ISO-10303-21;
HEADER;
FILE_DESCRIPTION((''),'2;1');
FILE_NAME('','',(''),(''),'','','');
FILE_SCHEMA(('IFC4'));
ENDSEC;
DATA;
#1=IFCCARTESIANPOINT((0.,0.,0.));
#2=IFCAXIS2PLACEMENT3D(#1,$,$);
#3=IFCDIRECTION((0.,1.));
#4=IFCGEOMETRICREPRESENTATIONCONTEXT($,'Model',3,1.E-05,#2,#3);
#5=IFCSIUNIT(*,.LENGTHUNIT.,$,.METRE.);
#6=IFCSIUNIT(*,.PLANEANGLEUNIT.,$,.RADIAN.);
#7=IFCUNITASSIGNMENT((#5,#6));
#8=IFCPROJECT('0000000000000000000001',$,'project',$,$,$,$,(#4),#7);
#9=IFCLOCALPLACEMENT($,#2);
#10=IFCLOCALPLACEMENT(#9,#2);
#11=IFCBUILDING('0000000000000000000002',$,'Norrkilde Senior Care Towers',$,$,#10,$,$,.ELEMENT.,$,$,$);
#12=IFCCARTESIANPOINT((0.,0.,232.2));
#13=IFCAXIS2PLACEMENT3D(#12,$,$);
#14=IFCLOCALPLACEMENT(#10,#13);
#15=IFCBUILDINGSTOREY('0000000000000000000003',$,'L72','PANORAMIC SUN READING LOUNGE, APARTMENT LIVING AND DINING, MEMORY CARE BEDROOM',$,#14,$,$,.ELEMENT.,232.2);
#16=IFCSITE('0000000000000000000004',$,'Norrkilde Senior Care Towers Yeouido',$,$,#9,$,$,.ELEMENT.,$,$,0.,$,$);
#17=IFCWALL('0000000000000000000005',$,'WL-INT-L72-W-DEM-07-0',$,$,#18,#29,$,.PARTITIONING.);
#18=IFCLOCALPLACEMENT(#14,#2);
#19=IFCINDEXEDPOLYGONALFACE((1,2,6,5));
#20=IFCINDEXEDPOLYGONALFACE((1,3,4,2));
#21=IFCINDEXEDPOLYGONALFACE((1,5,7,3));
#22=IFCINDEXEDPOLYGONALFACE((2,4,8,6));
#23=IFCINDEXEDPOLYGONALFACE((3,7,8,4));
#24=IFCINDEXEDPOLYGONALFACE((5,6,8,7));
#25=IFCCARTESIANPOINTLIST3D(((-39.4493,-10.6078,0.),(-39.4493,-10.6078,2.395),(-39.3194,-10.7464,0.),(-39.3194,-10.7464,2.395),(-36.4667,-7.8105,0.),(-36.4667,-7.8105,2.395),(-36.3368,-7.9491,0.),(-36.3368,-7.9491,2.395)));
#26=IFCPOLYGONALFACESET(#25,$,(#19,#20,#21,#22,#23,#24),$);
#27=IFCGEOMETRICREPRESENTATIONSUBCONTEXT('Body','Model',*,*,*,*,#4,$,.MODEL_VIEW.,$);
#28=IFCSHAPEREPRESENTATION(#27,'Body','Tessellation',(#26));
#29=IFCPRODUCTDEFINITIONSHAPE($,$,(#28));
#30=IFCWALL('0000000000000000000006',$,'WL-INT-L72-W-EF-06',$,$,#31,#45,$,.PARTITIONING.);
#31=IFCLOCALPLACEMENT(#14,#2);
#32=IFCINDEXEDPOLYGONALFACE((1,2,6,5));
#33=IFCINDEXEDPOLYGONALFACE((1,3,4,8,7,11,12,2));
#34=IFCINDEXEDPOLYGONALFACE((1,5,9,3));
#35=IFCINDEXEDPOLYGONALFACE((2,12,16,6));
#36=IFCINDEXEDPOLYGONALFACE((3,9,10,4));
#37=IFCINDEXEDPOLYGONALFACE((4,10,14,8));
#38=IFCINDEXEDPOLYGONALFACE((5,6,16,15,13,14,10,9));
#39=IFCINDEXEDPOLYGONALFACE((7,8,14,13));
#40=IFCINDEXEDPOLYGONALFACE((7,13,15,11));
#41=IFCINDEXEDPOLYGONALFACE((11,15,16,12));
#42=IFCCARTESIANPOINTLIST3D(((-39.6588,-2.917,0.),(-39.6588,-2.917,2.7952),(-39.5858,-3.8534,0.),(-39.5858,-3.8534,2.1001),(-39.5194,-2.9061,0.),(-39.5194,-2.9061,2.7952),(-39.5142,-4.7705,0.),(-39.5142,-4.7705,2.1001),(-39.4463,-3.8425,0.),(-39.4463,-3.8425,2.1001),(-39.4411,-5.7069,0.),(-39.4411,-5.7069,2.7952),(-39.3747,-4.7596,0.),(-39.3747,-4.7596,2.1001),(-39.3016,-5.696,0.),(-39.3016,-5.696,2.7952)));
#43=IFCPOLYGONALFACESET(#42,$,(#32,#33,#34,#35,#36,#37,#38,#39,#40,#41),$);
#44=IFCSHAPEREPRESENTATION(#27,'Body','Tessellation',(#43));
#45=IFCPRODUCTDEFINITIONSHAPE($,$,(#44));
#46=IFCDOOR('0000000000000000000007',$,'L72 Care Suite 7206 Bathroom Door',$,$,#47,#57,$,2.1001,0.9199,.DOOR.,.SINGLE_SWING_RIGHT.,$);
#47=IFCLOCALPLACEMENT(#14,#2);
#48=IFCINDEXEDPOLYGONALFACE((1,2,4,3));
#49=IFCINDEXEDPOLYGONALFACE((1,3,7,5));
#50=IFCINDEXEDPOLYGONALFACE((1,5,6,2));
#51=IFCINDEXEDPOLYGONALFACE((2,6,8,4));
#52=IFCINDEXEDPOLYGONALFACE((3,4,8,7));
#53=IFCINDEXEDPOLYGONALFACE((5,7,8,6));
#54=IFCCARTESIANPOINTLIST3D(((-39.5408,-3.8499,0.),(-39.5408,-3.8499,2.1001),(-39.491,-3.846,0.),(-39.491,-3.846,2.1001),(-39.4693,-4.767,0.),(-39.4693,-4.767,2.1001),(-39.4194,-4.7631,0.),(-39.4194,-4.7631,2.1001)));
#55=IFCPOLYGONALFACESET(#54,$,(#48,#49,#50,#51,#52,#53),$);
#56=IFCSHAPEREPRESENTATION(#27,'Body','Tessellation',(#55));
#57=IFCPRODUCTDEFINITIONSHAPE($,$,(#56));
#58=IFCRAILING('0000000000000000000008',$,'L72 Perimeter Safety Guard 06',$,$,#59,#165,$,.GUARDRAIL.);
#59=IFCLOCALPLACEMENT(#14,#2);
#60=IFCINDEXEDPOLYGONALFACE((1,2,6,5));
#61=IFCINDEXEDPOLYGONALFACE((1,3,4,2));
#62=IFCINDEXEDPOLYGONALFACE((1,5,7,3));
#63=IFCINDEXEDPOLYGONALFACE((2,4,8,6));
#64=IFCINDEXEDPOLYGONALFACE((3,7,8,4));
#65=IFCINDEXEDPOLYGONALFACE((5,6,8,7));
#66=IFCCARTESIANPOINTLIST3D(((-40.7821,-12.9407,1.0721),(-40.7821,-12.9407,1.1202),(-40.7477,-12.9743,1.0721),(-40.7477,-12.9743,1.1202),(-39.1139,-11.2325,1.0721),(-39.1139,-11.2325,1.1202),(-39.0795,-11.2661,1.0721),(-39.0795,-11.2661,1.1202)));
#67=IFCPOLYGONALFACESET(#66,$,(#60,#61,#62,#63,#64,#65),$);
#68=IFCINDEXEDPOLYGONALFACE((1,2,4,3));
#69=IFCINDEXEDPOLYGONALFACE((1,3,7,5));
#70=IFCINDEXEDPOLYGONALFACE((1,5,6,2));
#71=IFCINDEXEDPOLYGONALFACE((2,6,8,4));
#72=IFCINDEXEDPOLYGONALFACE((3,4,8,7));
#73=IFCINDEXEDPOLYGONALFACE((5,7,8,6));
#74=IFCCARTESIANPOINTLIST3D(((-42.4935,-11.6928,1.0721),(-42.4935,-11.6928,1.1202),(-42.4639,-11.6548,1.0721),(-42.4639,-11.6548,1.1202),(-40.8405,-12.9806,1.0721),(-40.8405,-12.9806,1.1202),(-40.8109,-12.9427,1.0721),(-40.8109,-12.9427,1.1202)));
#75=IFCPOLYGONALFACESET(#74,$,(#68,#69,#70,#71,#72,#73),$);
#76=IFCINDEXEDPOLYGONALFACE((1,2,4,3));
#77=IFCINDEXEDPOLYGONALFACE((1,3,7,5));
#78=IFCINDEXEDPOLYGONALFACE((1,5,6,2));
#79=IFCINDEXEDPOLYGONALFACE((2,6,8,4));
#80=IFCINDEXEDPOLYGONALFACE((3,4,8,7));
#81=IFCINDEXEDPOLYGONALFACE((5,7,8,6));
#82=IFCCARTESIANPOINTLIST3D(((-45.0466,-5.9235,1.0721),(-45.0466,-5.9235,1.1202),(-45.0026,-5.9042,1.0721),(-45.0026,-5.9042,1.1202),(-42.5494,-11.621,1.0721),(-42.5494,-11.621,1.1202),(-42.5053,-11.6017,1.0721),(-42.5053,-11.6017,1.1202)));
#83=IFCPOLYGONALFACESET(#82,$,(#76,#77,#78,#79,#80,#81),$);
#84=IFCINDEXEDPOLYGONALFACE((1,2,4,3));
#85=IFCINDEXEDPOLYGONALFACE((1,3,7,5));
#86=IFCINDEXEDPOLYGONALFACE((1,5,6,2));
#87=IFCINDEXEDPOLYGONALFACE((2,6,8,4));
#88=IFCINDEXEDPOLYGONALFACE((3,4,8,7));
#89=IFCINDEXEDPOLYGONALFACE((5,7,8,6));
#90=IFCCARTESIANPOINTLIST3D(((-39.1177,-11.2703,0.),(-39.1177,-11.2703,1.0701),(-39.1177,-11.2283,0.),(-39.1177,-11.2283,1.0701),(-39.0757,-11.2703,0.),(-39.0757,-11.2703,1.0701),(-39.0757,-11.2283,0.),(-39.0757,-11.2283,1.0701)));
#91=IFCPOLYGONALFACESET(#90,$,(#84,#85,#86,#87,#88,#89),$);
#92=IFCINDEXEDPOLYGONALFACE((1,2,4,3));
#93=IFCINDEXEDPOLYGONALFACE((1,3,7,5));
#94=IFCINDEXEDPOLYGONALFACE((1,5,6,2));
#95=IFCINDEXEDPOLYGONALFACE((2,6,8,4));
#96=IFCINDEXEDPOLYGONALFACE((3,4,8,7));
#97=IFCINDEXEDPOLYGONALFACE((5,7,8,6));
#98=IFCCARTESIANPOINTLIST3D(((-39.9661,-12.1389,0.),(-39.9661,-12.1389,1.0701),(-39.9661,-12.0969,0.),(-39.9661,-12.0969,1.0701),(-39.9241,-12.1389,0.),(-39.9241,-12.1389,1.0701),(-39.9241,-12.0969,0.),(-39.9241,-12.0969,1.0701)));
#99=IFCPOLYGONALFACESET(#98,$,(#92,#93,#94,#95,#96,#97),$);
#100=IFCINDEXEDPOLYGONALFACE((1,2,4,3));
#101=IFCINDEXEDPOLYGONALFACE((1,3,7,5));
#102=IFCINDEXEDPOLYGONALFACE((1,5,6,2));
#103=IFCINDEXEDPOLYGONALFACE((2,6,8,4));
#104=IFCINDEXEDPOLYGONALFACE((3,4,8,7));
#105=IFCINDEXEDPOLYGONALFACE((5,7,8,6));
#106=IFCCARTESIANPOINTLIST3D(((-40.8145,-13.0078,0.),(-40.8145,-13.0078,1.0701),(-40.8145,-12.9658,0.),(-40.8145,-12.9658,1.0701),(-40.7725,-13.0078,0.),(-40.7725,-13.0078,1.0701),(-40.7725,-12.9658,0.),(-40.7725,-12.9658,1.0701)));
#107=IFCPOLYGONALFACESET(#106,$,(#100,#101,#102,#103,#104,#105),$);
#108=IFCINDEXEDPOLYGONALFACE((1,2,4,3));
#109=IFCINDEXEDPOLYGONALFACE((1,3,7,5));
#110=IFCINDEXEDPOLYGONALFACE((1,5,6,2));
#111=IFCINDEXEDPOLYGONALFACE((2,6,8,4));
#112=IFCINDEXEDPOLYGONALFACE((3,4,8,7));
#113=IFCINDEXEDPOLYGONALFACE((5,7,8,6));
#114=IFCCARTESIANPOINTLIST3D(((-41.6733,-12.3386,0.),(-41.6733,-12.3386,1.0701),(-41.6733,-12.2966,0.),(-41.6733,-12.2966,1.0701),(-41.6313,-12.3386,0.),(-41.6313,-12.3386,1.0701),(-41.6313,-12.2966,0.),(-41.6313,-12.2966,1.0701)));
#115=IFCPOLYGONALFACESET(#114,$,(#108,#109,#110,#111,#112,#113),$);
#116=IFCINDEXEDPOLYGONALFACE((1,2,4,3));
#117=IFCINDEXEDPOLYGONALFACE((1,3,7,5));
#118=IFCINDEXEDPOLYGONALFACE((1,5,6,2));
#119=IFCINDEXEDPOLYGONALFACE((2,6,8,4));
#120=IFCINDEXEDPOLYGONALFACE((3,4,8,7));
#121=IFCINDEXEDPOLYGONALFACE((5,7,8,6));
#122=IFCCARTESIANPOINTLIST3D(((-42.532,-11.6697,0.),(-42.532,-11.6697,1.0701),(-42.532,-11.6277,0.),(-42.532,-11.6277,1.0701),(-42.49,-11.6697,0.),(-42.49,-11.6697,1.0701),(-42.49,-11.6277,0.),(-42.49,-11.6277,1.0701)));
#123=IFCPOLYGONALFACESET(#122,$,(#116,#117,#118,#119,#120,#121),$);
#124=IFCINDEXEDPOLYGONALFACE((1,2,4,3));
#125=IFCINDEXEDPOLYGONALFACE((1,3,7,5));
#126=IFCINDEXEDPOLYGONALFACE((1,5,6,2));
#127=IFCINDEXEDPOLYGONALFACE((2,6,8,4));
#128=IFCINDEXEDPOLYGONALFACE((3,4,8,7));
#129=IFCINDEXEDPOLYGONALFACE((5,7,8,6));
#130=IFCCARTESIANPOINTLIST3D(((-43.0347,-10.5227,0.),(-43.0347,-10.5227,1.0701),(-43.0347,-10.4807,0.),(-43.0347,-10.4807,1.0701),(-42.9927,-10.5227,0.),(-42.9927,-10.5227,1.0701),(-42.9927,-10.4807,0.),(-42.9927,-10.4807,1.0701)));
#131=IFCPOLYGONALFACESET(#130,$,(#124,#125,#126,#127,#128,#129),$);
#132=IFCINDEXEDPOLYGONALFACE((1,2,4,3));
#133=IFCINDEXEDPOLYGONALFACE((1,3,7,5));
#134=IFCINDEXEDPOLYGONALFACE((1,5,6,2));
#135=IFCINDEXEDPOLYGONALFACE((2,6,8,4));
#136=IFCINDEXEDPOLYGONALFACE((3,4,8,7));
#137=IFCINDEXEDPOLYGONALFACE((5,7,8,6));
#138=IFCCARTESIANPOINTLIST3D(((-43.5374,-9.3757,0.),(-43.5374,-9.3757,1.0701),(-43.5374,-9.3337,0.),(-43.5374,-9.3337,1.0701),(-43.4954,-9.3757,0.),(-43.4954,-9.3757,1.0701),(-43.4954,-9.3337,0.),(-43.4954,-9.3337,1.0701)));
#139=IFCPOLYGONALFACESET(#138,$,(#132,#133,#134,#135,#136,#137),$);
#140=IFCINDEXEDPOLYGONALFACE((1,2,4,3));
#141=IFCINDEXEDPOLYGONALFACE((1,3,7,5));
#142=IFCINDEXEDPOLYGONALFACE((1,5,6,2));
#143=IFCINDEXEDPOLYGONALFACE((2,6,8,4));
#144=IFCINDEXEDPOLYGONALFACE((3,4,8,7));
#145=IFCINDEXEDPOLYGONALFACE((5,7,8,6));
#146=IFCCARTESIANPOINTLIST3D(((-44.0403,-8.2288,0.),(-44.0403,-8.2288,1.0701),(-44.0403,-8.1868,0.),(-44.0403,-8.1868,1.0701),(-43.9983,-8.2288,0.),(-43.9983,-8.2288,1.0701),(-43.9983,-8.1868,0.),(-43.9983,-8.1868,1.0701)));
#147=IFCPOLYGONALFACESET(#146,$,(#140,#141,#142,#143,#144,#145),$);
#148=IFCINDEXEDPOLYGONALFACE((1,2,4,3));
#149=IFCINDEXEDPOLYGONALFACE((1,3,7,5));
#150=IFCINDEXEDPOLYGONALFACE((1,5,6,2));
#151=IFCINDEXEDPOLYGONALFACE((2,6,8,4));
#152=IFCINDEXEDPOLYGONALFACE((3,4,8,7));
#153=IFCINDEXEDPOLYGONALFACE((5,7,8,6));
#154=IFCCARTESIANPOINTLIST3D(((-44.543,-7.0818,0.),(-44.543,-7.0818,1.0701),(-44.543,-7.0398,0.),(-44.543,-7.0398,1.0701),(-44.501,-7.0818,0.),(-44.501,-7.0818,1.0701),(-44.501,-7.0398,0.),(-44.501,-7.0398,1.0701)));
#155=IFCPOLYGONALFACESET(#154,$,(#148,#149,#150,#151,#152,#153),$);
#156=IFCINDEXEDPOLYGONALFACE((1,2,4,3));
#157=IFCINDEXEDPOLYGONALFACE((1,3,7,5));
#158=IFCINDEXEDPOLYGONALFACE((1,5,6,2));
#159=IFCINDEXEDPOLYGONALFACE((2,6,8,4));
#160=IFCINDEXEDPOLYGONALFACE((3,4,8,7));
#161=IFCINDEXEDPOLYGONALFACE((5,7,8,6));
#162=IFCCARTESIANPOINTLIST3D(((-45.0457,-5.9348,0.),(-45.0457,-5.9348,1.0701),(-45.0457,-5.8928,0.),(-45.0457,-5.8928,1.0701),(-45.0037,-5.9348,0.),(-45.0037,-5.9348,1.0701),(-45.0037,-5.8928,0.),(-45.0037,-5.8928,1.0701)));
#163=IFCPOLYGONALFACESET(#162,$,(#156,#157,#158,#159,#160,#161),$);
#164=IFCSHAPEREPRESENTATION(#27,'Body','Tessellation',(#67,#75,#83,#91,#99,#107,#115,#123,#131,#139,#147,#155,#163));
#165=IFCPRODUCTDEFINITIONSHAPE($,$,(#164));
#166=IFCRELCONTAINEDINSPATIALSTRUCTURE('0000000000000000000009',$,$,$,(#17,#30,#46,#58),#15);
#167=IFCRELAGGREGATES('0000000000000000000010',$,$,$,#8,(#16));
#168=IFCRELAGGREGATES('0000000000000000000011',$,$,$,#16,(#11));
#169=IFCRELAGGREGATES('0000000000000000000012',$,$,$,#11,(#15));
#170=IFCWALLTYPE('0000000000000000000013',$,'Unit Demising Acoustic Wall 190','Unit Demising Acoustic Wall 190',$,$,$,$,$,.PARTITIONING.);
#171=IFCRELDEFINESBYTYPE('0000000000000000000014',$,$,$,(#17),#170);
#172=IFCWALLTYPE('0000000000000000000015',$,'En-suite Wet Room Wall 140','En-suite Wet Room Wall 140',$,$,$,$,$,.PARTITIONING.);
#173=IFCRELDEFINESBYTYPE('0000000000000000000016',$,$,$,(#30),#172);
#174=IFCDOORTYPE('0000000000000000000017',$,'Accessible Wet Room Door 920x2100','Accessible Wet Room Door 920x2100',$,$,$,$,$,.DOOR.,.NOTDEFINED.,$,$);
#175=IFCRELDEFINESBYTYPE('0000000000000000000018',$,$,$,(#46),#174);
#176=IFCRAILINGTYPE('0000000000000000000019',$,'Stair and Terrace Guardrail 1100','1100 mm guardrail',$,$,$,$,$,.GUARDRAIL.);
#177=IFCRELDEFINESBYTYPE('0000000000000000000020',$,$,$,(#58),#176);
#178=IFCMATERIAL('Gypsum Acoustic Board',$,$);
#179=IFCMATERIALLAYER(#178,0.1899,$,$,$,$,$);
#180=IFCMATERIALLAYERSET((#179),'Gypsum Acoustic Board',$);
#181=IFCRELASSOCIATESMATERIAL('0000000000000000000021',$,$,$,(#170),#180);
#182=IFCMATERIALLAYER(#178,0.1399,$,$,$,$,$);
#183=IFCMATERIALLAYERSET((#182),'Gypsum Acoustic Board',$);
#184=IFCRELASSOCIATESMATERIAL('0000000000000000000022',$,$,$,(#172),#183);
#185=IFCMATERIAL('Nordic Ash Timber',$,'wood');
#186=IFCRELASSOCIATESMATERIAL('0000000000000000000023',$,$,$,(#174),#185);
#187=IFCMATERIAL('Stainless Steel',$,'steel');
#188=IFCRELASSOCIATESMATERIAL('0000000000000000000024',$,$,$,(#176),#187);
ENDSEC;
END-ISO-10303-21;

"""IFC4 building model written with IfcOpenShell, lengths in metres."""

from ifc_helpers import new_model, si_unit, direction, frame, frame_2d, origin, origin_2d, place, context, subcontext, project, spatial, rectangle, extrude, source, transform, mapped, material, layer, layer_set, type_object, type_shapes, element, fill, save


model = new_model("IFC4")

# Units and contexts
model_context = context("Model", 3, precision=1e-05, world=origin(), true_north=direction((0.0, 1.0)))
body_context = subcontext(model_context, "Body", "Model", "MODEL_VIEW")
ifc_project = project(units=[si_unit("LENGTHUNIT", "METRE"), si_unit("PLANEANGLEUNIT", "RADIAN")], contexts=[model_context])

# Site, building, storey
site_placement = place(None, origin())
site = spatial("IfcSite", under=ifc_project, at=site_placement, Name="Norrkilde Senior Care Towers Yeouido", CompositionType="ELEMENT", RefElevation=0.0)
building_placement = place(site_placement, origin())
building = spatial("IfcBuilding", under=site, at=building_placement, Name="Norrkilde Senior Care Towers", CompositionType="ELEMENT")
storey_placement = place(building_placement, frame((0.0, 0.0, 232.2)))
storey = spatial("IfcBuildingStorey", under=building, at=storey_placement, Name="L72", Description="PANORAMIC SUN READING LOUNGE, APARTMENT LIVING AND DINING, MEMORY CARE BEDROOM", CompositionType="ELEMENT", Elevation=232.2)

# Shared definitions
ifc_material_1 = material(Name="Gypsum Acoustic Board")
ifc_material_2 = material(Name="Nordic Ash Timber", Category="wood")

# Wall
ifc_layer_1 = layer(ifc_material_1, 0.1899)
ifc_layer_set_1 = layer_set([ifc_layer_1], Name="Gypsum Acoustic Board")
wall_type_1 = type_object("IfcWallType", Name="Unit Demising Acoustic Wall 190", Description="Unit Demising Acoustic Wall 190", PredefinedType="PARTITIONING", material=ifc_layer_set_1)
shared_shape_1 = source(origin(), body_context, "Body", "SweptSolid", [
    extrude(rectangle(XDim=4.0891, YDim=0.1899, at=frame_2d((2.0444, 0.0))), origin(), (0.0, 0.0, 1.0), 2.395),
])
type_shapes(wall_type_1, [shared_shape_1])
wall_1_placement = place(storey_placement, frame((-36.4019, -7.8799, 0.0), z_axis=(0.0, 0.0, 1.0), x_axis=(-0.729401, -0.684086, 0.0)))
element("IfcWall", 1, at=wall_1_placement, inside=storey, type_object=wall_type_1, Name="WL-INT-L72-W-DEM-07-0", PredefinedType="PARTITIONING", context=body_context, shape_type="MappedRepresentation", body=[
    mapped(shared_shape_1, transform((0.0, 0.0, 0.0), x_axis=(1.0, 0.0, 0.0), y_axis=(0.0, 1.0, 0.0), z_axis=(0.0, 0.0, 1.0), scale=1.0)),
])

# Wall, opening, door
ifc_layer_2 = layer(ifc_material_1, 0.1399)
ifc_layer_set_2 = layer_set([ifc_layer_2], Name="Gypsum Acoustic Board")
wall_type_2 = type_object("IfcWallType", Name="En-suite Wet Room Wall 140", Description="En-suite Wet Room Wall 140", PredefinedType="PARTITIONING", material=ifc_layer_set_2)
shared_shape_2 = source(origin(), body_context, "Body", "SweptSolid", [
    extrude(rectangle(XDim=2.7983, YDim=0.1399, at=frame_2d((1.3992, 0.0))), origin(), (0.0, 0.0, 1.0), 2.7952),
])
type_shapes(wall_type_2, [shared_shape_2])
wall_2_placement = place(storey_placement, frame((-39.3713, -5.7014, 0.0), z_axis=(0.0, 0.0, 1.0), x_axis=(-0.077824, 0.996967, 0.0)))
wall_2 = element("IfcWall", 2, at=wall_2_placement, inside=storey, type_object=wall_type_2, Name="WL-INT-L72-W-EF-06", PredefinedType="PARTITIONING", context=body_context, shape_type="MappedRepresentation", body=[
    mapped(shared_shape_2, transform((0.0, 0.0, 0.0), x_axis=(1.0, 0.0, 0.0), y_axis=(0.0, 1.0, 0.0), z_axis=(0.0, 0.0, 1.0), scale=1.0)),
])
opening_1_placement = place(wall_2_placement, frame((0.9392, 0.0, 0.0)))
opening_1 = element("IfcOpeningElement", 3, at=opening_1_placement, cuts=wall_2, PredefinedType="OPENING", context=body_context, shape_type="SweptSolid", body=[
    extrude(rectangle(XDim=0.9199, YDim=2.1001, at=frame_2d((0.46, 1.05))), frame((0.0, 0.0798, 0.0), z_axis=(0.0, -1.0, 0.0), x_axis=(1.0, 0.0, 0.0)), (0.0, 0.0, 1.0), 0.1599),
])
door_type_1 = type_object("IfcDoorType", Name="Accessible Wet Room Door 920x2100", Description="Accessible Wet Room Door 920x2100", OperationType="NOTDEFINED", PredefinedType="DOOR", material=ifc_material_2)
shared_shape_3 = source(origin(), body_context, "Body", "SweptSolid", [
    extrude(rectangle(XDim=0.9199, YDim=2.1001, at=frame_2d((0.46, 1.05))), frame((0.0, 0.0249, 0.0), z_axis=(0.0, -1.0, 0.0), x_axis=(1.0, 0.0, 0.0)), (0.0, 0.0, 1.0), 0.05),
])
type_shapes(door_type_1, [shared_shape_3])
door_1_placement = place(opening_1_placement, origin())
door_1 = element("IfcDoor", 4, at=door_1_placement, inside=storey, type_object=door_type_1, Name="L72 Care Suite 7206 Bathroom Door", OperationType="SINGLE_SWING_RIGHT", OverallHeight=2.1001, OverallWidth=0.9199, PredefinedType="DOOR", context=body_context, shape_type="MappedRepresentation", body=[
    mapped(shared_shape_3, transform((0.0, 0.0, 0.0), x_axis=(1.0, 0.0, 0.0), y_axis=(0.0, 1.0, 0.0), z_axis=(0.0, 0.0, 1.0), scale=1.0)),
])
fill(opening_1, door_1)

# Railing
ifc_material_3 = material(Name="Stainless Steel", Category="steel")
railing_type = type_object("IfcRailingType", Name="Stair and Terrace Guardrail 1100", Description="1100 mm guardrail", PredefinedType="GUARDRAIL", material=ifc_material_3)
railing_1_placement = place(storey_placement, frame((-39.0967, -11.2493, 0.0)))
element("IfcRailing", 5, at=railing_1_placement, inside=storey, type_object=railing_type, Name="L72 Perimeter Safety Guard 06", PredefinedType="GUARDRAIL", context=body_context, shape_type="SweptSolid", body=[
    extrude(rectangle(XDim=0.0481, YDim=0.0481, at=origin_2d()), frame((0.0, 0.0, 1.0962), z_axis=(-0.698663, -0.715451, 0.0), x_axis=(0.715451, -0.698663, 0.0)), (0.0, 0.0, 1.0), 2.3877),
    extrude(rectangle(XDim=0.0481, YDim=0.0481, at=origin_2d()), frame((-1.729, -1.7124, 1.0962), z_axis=(-0.788845, 0.614592, 0.0), x_axis=(-0.614592, -0.788845, 0.0)), (0.0, 0.0, 1.0), 2.0955),
    extrude(rectangle(XDim=0.0481, YDim=0.0481, at=origin_2d()), frame((-3.4307, -0.3621, 1.0962), z_axis=(-0.401445, 0.915883, 0.0), x_axis=(-0.915883, -0.401445, 0.0)), (0.0, 0.0, 1.0), 6.2207),
    extrude(rectangle(XDim=0.042, YDim=0.042, at=origin_2d()), origin(), (0.0, 0.0, 1.0), 1.0701),
    extrude(rectangle(XDim=0.042, YDim=0.042, at=origin_2d()), frame((-0.8484, -0.8687, 0.0)), (0.0, 0.0, 1.0), 1.0701),
    extrude(rectangle(XDim=0.042, YDim=0.042, at=origin_2d()), frame((-1.6968, -1.7375, 0.0)), (0.0, 0.0, 1.0), 1.0701),
    extrude(rectangle(XDim=0.042, YDim=0.042, at=origin_2d()), frame((-2.5557, -1.0684, 0.0)), (0.0, 0.0, 1.0), 1.0701),
    extrude(rectangle(XDim=0.042, YDim=0.042, at=origin_2d()), frame((-3.4143, -0.3994, 0.0)), (0.0, 0.0, 1.0), 1.0701),
    extrude(rectangle(XDim=0.042, YDim=0.042, at=origin_2d()), frame((-3.917, 0.7476, 0.0)), (0.0, 0.0, 1.0), 1.0701),
    extrude(rectangle(XDim=0.042, YDim=0.042, at=origin_2d()), frame((-4.4197, 1.8945, 0.0)), (0.0, 0.0, 1.0), 1.0701),
    extrude(rectangle(XDim=0.042, YDim=0.042, at=origin_2d()), frame((-4.9226, 3.0415, 0.0)), (0.0, 0.0, 1.0), 1.0701),
    extrude(rectangle(XDim=0.042, YDim=0.042, at=origin_2d()), frame((-5.4253, 4.1885, 0.0)), (0.0, 0.0, 1.0), 1.0701),
    extrude(rectangle(XDim=0.042, YDim=0.042, at=origin_2d()), frame((-5.928, 5.3354, 0.0)), (0.0, 0.0, 1.0), 1.0701),
])

save(model, "model.ifc")
